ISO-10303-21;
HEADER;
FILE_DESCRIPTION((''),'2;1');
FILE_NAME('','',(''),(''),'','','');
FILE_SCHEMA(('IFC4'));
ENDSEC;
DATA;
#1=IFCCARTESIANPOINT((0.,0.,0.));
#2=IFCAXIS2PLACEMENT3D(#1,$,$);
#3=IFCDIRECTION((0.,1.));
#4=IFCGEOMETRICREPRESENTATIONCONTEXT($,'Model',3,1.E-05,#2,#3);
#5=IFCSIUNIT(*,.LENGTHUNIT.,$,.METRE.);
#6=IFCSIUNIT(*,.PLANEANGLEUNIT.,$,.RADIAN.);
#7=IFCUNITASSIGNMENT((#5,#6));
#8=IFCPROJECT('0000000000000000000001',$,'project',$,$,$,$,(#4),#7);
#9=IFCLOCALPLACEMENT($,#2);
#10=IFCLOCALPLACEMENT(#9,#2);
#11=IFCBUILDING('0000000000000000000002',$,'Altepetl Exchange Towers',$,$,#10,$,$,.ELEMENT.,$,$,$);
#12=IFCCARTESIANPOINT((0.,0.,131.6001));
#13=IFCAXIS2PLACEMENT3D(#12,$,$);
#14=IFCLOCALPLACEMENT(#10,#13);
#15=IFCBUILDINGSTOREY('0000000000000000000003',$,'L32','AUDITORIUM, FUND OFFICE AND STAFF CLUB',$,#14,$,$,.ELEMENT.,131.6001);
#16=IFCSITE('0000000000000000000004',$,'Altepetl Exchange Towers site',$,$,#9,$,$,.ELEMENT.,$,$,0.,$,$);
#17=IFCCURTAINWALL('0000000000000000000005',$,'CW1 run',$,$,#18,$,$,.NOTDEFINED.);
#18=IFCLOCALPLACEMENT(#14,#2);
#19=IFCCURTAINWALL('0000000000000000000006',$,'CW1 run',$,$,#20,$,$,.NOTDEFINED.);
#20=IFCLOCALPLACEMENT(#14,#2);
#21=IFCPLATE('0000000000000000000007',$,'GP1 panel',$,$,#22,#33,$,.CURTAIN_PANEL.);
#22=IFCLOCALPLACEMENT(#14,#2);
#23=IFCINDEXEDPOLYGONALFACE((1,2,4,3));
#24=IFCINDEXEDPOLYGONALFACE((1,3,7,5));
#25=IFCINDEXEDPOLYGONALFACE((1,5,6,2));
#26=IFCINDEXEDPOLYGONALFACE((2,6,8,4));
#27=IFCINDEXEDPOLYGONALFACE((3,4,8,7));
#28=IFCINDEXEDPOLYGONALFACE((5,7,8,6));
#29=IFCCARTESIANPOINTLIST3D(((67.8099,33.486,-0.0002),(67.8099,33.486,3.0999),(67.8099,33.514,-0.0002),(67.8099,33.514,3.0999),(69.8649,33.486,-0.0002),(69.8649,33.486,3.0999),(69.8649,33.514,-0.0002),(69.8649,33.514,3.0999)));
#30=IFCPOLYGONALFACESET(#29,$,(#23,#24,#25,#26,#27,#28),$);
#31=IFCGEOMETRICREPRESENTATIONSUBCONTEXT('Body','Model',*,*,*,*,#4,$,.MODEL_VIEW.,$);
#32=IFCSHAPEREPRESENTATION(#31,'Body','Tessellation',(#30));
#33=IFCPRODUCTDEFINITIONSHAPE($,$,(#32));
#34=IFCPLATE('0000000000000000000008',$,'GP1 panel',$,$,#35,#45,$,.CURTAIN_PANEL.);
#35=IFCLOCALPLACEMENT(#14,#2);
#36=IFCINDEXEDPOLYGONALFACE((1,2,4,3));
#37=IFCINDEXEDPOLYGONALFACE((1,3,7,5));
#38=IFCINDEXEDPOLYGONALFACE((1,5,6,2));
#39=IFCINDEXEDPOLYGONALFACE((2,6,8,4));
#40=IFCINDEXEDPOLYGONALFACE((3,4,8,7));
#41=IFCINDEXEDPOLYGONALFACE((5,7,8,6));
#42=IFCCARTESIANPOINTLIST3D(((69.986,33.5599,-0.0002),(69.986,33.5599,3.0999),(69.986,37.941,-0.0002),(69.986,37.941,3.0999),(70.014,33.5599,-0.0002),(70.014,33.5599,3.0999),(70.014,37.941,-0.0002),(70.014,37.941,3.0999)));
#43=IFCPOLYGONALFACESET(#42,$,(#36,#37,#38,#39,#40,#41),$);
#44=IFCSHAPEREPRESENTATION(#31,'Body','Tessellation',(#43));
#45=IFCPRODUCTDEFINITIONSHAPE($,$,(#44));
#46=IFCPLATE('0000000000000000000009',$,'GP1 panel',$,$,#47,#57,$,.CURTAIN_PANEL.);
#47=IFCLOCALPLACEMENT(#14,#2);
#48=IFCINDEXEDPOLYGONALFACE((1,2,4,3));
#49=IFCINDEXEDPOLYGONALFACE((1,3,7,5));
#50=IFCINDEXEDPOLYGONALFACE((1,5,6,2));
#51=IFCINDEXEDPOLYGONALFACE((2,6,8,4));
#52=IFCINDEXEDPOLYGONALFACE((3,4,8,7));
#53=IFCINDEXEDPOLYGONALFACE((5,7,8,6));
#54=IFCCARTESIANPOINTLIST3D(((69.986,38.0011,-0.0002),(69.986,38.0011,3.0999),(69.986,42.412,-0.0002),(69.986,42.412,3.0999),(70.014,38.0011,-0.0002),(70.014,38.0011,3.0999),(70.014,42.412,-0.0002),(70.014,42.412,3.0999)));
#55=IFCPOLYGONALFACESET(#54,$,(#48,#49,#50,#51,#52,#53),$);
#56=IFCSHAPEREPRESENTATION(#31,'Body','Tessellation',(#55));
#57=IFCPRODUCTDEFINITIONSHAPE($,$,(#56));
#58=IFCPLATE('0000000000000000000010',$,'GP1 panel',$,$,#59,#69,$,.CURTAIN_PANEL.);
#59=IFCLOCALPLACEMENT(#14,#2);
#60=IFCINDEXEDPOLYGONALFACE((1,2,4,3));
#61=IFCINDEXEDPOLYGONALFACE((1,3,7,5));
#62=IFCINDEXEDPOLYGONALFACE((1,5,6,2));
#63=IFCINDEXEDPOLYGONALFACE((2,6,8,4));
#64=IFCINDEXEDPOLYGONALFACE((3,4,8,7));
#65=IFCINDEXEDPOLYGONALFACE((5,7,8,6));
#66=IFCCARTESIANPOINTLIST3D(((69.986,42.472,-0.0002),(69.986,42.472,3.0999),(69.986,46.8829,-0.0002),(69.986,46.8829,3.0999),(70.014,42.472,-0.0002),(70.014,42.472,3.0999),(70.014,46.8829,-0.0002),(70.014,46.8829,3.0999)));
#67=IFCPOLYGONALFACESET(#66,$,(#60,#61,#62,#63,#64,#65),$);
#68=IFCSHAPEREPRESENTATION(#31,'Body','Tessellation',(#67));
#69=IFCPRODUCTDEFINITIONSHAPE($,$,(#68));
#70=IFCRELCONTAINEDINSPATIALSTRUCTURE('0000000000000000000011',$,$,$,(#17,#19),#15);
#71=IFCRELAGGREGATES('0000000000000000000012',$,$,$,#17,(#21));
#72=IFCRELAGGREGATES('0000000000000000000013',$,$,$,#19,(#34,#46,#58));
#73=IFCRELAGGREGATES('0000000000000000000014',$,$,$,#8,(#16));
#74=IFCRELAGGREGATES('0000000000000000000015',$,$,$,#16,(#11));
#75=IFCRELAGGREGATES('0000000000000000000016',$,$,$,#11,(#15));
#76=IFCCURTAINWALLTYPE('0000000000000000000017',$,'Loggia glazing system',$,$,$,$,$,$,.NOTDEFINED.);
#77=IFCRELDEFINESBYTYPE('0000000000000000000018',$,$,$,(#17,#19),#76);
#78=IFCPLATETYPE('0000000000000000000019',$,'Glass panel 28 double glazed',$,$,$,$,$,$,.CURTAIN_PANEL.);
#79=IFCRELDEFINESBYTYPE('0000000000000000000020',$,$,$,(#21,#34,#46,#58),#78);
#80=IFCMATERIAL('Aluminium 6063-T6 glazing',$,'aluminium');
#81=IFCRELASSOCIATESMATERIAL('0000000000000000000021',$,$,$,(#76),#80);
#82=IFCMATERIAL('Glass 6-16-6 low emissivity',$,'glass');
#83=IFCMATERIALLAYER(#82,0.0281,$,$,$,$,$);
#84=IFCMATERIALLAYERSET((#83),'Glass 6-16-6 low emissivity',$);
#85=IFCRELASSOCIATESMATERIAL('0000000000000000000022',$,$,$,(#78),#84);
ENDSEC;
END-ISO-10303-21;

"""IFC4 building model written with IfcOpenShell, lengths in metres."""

from ifc_helpers import new_model, si_unit, direction, frame, origin, origin_2d, place, context, subcontext, project, spatial, rectangle, extrude, material, layer, layer_set, type_object, element, aggregate, save


model = new_model("IFC4")

# Units and contexts
model_context = context("Model", 3, precision=1e-05, world=origin(), true_north=direction((0.0, 1.0)))
body_context = subcontext(model_context, "Body", "Model", "MODEL_VIEW")
ifc_project = project(units=[si_unit("LENGTHUNIT", "METRE"), si_unit("PLANEANGLEUNIT", "RADIAN")], contexts=[model_context])

# Site, building, storey
site_placement = place(None, origin())
site = spatial("IfcSite", under=ifc_project, at=site_placement, Name="Altepetl Exchange Towers site", CompositionType="ELEMENT", RefElevation=0.0)
building_placement = place(site_placement, origin())
building = spatial("IfcBuilding", under=site, at=building_placement, Name="Altepetl Exchange Towers", CompositionType="ELEMENT")
storey_placement = place(building_placement, frame((0.0, 0.0, 131.6001)))
storey = spatial("IfcBuildingStorey", under=building, at=storey_placement, Name="L32", Description="AUDITORIUM, FUND OFFICE AND STAFF CLUB", CompositionType="ELEMENT", Elevation=131.6001)

# Curtain walls
ifc_material_1 = material(Name="Aluminium 6063-T6 glazing", Category="aluminium")
curtain_wall_type = type_object("IfcCurtainWallType", Name="Loggia glazing system", PredefinedType="NOTDEFINED", material=ifc_material_1)
curtain_wall_1_placement = place(storey_placement, origin())
curtain_wall_1 = element("IfcCurtainWall", 1, at=curtain_wall_1_placement, inside=storey, type_object=curtain_wall_type, Name="CW1 run", PredefinedType="NOTDEFINED")
curtain_wall_2_placement = place(storey_placement, origin())
curtain_wall_2 = element("IfcCurtainWall", 2, at=curtain_wall_2_placement, inside=storey, type_object=curtain_wall_type, Name="CW1 run", PredefinedType="NOTDEFINED")

# Plates
ifc_material_2 = material(Name="Glass 6-16-6 low emissivity", Category="glass")
ifc_layer = layer(ifc_material_2, 0.0281)
ifc_layer_set = layer_set([ifc_layer], Name="Glass 6-16-6 low emissivity")
plate_type = type_object("IfcPlateType", Name="Glass panel 28 double glazed", PredefinedType="CURTAIN_PANEL", material=ifc_layer_set)
plate_1_placement = place(storey_placement, frame((68.8374, 33.5, -0.0002)))
plate_1 = element("IfcPlate", 3, at=plate_1_placement, type_object=plate_type, Name="GP1 panel", PredefinedType="CURTAIN_PANEL", context=body_context, shape_type="SweptSolid", body=[
    extrude(rectangle(XDim=2.0549, YDim=0.0281, at=origin_2d()), origin(), (0.0, 0.0, 1.0), 3.1001),
])
aggregate(curtain_wall_1, [plate_1])
plate_2_placement = place(storey_placement, frame((70.0, 35.7505, -0.0002), z_axis=(0.0, 0.0, 1.0), x_axis=(0.0, 1.0, 0.0)))
plate_2 = element("IfcPlate", 4, at=plate_2_placement, type_object=plate_type, Name="GP1 panel", PredefinedType="CURTAIN_PANEL", context=body_context, shape_type="SweptSolid", body=[
    extrude(rectangle(XDim=4.3811, YDim=0.0281, at=origin_2d()), origin(), (0.0, 0.0, 1.0), 3.1001),
])
plate_3_placement = place(storey_placement, frame((70.0, 40.2065, -0.0002), z_axis=(0.0, 0.0, 1.0), x_axis=(0.0, 1.0, 0.0)))
plate_3 = element("IfcPlate", 5, at=plate_3_placement, type_object=plate_type, Name="GP1 panel", PredefinedType="CURTAIN_PANEL", context=body_context, shape_type="SweptSolid", body=[
    extrude(rectangle(XDim=4.4109, YDim=0.0281, at=origin_2d()), origin(), (0.0, 0.0, 1.0), 3.1001),
])
plate_4_placement = place(storey_placement, frame((70.0, 44.6775, -0.0002), z_axis=(0.0, 0.0, 1.0), x_axis=(0.0, 1.0, 0.0)))
plate_4 = element("IfcPlate", 6, at=plate_4_placement, type_object=plate_type, Name="GP1 panel", PredefinedType="CURTAIN_PANEL", context=body_context, shape_type="SweptSolid", body=[
    extrude(rectangle(XDim=4.4109, YDim=0.0281, at=origin_2d()), origin(), (0.0, 0.0, 1.0), 3.1001),
])
aggregate(curtain_wall_2, [plate_2, plate_3, plate_4])

save(model, "model.ifc")
